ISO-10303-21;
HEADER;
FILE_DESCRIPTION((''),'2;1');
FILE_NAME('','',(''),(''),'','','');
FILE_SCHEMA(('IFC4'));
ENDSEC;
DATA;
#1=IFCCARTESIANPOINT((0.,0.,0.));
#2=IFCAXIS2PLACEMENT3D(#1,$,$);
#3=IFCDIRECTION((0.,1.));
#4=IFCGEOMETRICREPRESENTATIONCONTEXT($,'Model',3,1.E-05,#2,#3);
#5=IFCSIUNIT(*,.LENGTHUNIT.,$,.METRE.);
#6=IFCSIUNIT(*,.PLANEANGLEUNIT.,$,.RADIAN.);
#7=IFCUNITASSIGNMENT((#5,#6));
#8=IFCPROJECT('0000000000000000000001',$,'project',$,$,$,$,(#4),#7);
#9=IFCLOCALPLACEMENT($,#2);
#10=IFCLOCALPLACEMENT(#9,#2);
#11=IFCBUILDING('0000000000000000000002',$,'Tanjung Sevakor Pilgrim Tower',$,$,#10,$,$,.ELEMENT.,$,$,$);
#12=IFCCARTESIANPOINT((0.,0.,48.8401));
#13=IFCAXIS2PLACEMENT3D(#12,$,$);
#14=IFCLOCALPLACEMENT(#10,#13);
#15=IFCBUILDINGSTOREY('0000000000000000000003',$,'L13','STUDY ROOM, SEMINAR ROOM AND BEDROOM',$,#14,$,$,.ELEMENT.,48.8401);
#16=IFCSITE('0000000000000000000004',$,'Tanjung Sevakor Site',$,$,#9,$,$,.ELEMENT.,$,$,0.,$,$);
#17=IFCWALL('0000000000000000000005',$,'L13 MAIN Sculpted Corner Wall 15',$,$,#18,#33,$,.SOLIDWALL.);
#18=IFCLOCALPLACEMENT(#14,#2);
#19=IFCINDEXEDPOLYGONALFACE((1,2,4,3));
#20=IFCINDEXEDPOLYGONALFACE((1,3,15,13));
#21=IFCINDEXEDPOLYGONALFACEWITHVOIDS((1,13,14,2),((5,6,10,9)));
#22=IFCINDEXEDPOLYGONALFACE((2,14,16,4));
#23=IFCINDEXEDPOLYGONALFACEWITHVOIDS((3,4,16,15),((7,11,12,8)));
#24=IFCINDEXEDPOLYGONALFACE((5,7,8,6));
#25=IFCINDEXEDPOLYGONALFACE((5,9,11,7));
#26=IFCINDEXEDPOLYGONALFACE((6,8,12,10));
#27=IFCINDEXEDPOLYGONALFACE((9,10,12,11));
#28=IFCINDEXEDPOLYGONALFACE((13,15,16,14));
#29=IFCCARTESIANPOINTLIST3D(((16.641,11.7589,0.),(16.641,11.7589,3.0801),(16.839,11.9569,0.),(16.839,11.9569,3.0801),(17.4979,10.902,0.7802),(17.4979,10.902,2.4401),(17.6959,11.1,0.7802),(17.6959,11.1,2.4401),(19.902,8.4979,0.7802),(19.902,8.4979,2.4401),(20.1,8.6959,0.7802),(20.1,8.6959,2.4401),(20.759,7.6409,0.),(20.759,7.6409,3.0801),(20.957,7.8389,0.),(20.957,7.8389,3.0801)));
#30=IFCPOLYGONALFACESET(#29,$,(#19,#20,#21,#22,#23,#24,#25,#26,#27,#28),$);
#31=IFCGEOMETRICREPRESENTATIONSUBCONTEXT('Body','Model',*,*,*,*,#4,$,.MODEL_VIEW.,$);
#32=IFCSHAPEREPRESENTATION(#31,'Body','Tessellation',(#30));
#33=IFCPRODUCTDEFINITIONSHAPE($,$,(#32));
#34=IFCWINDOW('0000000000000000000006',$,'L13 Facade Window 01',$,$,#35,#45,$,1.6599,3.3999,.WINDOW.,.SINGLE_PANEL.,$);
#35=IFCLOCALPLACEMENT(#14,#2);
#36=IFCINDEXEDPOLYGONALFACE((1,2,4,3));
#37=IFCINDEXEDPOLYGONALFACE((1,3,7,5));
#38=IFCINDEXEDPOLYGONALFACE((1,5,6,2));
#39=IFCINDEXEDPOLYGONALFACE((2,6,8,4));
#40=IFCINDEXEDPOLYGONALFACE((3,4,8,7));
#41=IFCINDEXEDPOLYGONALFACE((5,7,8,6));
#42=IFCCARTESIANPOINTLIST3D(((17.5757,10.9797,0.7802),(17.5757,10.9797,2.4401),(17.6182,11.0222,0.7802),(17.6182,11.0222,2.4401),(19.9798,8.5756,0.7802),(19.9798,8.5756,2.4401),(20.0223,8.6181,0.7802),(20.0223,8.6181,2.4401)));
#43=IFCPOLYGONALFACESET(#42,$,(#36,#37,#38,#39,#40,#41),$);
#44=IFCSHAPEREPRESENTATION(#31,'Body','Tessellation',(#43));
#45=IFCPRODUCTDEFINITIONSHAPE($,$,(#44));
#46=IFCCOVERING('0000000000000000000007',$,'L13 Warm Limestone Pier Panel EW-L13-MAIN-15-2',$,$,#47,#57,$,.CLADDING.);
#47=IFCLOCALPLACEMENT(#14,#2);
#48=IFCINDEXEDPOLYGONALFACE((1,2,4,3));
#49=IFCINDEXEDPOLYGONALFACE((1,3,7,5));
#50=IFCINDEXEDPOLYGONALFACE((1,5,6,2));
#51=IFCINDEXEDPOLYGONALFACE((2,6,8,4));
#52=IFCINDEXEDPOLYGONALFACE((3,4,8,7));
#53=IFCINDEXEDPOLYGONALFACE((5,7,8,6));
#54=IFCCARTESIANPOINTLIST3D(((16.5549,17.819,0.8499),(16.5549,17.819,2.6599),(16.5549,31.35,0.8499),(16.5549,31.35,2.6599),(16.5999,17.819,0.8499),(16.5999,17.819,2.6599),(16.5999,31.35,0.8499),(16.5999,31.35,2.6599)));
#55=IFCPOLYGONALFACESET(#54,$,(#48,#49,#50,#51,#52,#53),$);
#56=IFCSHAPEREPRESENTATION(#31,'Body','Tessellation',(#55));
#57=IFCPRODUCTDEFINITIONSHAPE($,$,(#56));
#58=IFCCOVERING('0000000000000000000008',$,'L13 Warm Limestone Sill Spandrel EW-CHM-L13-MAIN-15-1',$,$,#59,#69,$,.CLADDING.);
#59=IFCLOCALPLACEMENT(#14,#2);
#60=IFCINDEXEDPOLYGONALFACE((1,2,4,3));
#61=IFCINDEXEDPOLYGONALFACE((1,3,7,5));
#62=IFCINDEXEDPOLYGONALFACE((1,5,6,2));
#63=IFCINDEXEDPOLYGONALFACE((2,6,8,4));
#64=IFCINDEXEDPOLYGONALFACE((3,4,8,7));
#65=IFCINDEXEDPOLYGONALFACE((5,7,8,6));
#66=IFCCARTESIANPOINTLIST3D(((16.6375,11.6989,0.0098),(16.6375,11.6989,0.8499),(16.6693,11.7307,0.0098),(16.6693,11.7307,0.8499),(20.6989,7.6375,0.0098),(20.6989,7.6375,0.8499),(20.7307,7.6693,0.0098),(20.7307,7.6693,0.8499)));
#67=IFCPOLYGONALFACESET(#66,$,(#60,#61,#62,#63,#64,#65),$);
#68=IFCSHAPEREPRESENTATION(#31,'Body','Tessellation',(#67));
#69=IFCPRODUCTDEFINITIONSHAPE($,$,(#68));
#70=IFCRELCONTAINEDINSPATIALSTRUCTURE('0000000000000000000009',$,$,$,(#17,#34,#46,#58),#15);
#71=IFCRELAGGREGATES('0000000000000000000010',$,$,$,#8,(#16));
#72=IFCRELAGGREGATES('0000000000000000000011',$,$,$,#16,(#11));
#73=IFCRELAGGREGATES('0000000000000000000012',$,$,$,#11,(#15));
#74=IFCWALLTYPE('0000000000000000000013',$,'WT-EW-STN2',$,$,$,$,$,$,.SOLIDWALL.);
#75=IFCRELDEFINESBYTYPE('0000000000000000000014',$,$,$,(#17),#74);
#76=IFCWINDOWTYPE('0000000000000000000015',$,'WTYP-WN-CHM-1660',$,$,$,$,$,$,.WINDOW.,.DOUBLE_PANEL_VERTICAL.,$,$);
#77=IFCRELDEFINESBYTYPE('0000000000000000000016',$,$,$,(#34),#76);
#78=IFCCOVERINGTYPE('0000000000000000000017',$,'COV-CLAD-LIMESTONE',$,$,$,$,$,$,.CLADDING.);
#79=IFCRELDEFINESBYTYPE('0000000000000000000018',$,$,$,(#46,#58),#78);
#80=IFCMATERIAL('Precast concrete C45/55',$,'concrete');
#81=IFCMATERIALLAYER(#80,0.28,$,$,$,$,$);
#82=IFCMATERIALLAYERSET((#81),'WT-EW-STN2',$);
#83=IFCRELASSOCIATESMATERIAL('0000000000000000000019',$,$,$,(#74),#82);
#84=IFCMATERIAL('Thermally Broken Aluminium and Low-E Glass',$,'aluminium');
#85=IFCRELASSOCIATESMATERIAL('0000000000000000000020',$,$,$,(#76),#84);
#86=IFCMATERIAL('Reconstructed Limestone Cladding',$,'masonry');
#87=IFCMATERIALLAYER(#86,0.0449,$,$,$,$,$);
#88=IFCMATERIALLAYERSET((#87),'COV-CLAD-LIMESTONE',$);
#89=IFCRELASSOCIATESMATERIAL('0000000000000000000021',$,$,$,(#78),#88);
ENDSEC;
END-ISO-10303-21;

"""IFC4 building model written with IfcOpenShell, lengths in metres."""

from ifc_helpers import new_model, si_unit, direction, frame, frame_2d, origin, origin_2d, place, context, subcontext, project, spatial, rectangle, extrude, material, layer, layer_set, type_object, element, fill, save


model = new_model("IFC4")

# Units and contexts
model_context = context("Model", 3, precision=1e-05, world=origin(), true_north=direction((0.0, 1.0)))
body_context = subcontext(model_context, "Body", "Model", "MODEL_VIEW")
ifc_project = project(units=[si_unit("LENGTHUNIT", "METRE"), si_unit("PLANEANGLEUNIT", "RADIAN")], contexts=[model_context])

# Site, building, storey
site_placement = place(None, origin())
site = spatial("IfcSite", under=ifc_project, at=site_placement, Name="Tanjung Sevakor Site", CompositionType="ELEMENT", RefElevation=0.0)
building_placement = place(site_placement, origin())
building = spatial("IfcBuilding", under=site, at=building_placement, Name="Tanjung Sevakor Pilgrim Tower", CompositionType="ELEMENT")
storey_placement = place(building_placement, frame((0.0, 0.0, 48.8401)))
storey = spatial("IfcBuildingStorey", under=building, at=storey_placement, Name="L13", Description="STUDY ROOM, SEMINAR ROOM AND BEDROOM", CompositionType="ELEMENT", Elevation=48.8401)

# Shared definitions
ifc_material_1 = material(Name="Precast concrete C45/55", Category="concrete")
ifc_layer_1 = layer(ifc_material_1, 0.28)
ifc_layer_set_1 = layer_set([ifc_layer_1], Name="WT-EW-STN2")
wall_type_1 = type_object("IfcWallType", Name="WT-EW-STN2", PredefinedType="SOLIDWALL", material=ifc_layer_set_1)

# Wall, opening, window
wall_1_placement = place(storey_placement, frame((16.74, 11.8579, 0.0), z_axis=(0.0, 0.0, 1.0), x_axis=(0.707107, -0.707107, 0.0)))
wall_1 = element("IfcWall", 1, at=wall_1_placement, inside=storey, type_object=wall_type_1, Name="L13 MAIN Sculpted Corner Wall 15", PredefinedType="SOLIDWALL", context=body_context, shape_type="SweptSolid", body=[
    extrude(rectangle(XDim=5.8237, YDim=0.28, at=frame_2d((2.9119, 0.0))), origin(), (0.0, 0.0, 1.0), 3.0801),
])
opening_1_placement = place(wall_1_placement, frame((1.2119, 0.0, 0.78)))
opening_1 = element("IfcOpeningElement", 2, at=opening_1_placement, cuts=wall_1, PredefinedType="OPENING", context=body_context, shape_type="SweptSolid", body=[
    extrude(rectangle(XDim=3.3999, YDim=1.6599, at=frame_2d((1.7, 0.8301))), frame((0.0, 0.1499, 0.0), z_axis=(0.0, -1.0, 0.0), x_axis=(1.0, 0.0, 0.0)), (0.0, 0.0, 1.0), 0.3),
])
ifc_material_2 = material(Name="Thermally Broken Aluminium and Low-E Glass", Category="aluminium")
window_type_1 = type_object("IfcWindowType", Name="WTYP-WN-CHM-1660", PartitioningType="DOUBLE_PANEL_VERTICAL", PredefinedType="WINDOW", material=ifc_material_2)
window_1_placement = place(opening_1_placement, origin())
window_1 = element("IfcWindow", 3, at=window_1_placement, inside=storey, type_object=window_type_1, Name="L13 Facade Window 01", OverallHeight=1.6599, OverallWidth=3.3999, PartitioningType="SINGLE_PANEL", PredefinedType="WINDOW", context=body_context, shape_type="SweptSolid", body=[
    extrude(rectangle(XDim=3.3999, YDim=1.6599, at=frame_2d((1.7, 0.8301))), frame((0.0, 0.03, 0.0), z_axis=(0.0, -1.0, 0.0), x_axis=(1.0, 0.0, 0.0)), (0.0, 0.0, 1.0), 0.0601),
])
fill(opening_1, window_1)

# Coverings
ifc_material_3 = material(Name="Reconstructed Limestone Cladding", Category="masonry")
ifc_layer_2 = layer(ifc_material_3, 0.0449)
ifc_layer_set_2 = layer_set([ifc_layer_2], Name="COV-CLAD-LIMESTONE")
covering_type = type_object("IfcCoveringType", Name="COV-CLAD-LIMESTONE", PredefinedType="CLADDING", material=ifc_layer_set_2)
covering_1_placement = place(storey_placement, frame((16.5774, 24.5845, 0.8499), z_axis=(0.0, 0.0, 1.0), x_axis=(0.0, -1.0, 0.0)))
element("IfcCovering", 4, at=covering_1_placement, inside=storey, type_object=covering_type, Name="L13 Warm Limestone Pier Panel EW-L13-MAIN-15-2", PredefinedType="CLADDING", context=body_context, shape_type="SweptSolid", body=[
    extrude(rectangle(XDim=13.531, YDim=0.0449, at=origin_2d()), origin(), (0.0, 0.0, 1.0), 1.8101),
])
covering_2_placement = place(storey_placement, frame((18.6841, 9.6841, 0.0098), z_axis=(0.0, 0.0, 1.0), x_axis=(0.707107, -0.707107, 0.0)))
element("IfcCovering", 5, at=covering_2_placement, inside=storey, type_object=covering_type, Name="L13 Warm Limestone Sill Spandrel EW-CHM-L13-MAIN-15-1", PredefinedType="CLADDING", context=body_context, shape_type="SweptSolid", body=[
    extrude(rectangle(XDim=5.7437, YDim=0.0449, at=origin_2d()), origin(), (0.0, 0.0, 1.0), 0.8401),
])

save(model, "model.ifc")
